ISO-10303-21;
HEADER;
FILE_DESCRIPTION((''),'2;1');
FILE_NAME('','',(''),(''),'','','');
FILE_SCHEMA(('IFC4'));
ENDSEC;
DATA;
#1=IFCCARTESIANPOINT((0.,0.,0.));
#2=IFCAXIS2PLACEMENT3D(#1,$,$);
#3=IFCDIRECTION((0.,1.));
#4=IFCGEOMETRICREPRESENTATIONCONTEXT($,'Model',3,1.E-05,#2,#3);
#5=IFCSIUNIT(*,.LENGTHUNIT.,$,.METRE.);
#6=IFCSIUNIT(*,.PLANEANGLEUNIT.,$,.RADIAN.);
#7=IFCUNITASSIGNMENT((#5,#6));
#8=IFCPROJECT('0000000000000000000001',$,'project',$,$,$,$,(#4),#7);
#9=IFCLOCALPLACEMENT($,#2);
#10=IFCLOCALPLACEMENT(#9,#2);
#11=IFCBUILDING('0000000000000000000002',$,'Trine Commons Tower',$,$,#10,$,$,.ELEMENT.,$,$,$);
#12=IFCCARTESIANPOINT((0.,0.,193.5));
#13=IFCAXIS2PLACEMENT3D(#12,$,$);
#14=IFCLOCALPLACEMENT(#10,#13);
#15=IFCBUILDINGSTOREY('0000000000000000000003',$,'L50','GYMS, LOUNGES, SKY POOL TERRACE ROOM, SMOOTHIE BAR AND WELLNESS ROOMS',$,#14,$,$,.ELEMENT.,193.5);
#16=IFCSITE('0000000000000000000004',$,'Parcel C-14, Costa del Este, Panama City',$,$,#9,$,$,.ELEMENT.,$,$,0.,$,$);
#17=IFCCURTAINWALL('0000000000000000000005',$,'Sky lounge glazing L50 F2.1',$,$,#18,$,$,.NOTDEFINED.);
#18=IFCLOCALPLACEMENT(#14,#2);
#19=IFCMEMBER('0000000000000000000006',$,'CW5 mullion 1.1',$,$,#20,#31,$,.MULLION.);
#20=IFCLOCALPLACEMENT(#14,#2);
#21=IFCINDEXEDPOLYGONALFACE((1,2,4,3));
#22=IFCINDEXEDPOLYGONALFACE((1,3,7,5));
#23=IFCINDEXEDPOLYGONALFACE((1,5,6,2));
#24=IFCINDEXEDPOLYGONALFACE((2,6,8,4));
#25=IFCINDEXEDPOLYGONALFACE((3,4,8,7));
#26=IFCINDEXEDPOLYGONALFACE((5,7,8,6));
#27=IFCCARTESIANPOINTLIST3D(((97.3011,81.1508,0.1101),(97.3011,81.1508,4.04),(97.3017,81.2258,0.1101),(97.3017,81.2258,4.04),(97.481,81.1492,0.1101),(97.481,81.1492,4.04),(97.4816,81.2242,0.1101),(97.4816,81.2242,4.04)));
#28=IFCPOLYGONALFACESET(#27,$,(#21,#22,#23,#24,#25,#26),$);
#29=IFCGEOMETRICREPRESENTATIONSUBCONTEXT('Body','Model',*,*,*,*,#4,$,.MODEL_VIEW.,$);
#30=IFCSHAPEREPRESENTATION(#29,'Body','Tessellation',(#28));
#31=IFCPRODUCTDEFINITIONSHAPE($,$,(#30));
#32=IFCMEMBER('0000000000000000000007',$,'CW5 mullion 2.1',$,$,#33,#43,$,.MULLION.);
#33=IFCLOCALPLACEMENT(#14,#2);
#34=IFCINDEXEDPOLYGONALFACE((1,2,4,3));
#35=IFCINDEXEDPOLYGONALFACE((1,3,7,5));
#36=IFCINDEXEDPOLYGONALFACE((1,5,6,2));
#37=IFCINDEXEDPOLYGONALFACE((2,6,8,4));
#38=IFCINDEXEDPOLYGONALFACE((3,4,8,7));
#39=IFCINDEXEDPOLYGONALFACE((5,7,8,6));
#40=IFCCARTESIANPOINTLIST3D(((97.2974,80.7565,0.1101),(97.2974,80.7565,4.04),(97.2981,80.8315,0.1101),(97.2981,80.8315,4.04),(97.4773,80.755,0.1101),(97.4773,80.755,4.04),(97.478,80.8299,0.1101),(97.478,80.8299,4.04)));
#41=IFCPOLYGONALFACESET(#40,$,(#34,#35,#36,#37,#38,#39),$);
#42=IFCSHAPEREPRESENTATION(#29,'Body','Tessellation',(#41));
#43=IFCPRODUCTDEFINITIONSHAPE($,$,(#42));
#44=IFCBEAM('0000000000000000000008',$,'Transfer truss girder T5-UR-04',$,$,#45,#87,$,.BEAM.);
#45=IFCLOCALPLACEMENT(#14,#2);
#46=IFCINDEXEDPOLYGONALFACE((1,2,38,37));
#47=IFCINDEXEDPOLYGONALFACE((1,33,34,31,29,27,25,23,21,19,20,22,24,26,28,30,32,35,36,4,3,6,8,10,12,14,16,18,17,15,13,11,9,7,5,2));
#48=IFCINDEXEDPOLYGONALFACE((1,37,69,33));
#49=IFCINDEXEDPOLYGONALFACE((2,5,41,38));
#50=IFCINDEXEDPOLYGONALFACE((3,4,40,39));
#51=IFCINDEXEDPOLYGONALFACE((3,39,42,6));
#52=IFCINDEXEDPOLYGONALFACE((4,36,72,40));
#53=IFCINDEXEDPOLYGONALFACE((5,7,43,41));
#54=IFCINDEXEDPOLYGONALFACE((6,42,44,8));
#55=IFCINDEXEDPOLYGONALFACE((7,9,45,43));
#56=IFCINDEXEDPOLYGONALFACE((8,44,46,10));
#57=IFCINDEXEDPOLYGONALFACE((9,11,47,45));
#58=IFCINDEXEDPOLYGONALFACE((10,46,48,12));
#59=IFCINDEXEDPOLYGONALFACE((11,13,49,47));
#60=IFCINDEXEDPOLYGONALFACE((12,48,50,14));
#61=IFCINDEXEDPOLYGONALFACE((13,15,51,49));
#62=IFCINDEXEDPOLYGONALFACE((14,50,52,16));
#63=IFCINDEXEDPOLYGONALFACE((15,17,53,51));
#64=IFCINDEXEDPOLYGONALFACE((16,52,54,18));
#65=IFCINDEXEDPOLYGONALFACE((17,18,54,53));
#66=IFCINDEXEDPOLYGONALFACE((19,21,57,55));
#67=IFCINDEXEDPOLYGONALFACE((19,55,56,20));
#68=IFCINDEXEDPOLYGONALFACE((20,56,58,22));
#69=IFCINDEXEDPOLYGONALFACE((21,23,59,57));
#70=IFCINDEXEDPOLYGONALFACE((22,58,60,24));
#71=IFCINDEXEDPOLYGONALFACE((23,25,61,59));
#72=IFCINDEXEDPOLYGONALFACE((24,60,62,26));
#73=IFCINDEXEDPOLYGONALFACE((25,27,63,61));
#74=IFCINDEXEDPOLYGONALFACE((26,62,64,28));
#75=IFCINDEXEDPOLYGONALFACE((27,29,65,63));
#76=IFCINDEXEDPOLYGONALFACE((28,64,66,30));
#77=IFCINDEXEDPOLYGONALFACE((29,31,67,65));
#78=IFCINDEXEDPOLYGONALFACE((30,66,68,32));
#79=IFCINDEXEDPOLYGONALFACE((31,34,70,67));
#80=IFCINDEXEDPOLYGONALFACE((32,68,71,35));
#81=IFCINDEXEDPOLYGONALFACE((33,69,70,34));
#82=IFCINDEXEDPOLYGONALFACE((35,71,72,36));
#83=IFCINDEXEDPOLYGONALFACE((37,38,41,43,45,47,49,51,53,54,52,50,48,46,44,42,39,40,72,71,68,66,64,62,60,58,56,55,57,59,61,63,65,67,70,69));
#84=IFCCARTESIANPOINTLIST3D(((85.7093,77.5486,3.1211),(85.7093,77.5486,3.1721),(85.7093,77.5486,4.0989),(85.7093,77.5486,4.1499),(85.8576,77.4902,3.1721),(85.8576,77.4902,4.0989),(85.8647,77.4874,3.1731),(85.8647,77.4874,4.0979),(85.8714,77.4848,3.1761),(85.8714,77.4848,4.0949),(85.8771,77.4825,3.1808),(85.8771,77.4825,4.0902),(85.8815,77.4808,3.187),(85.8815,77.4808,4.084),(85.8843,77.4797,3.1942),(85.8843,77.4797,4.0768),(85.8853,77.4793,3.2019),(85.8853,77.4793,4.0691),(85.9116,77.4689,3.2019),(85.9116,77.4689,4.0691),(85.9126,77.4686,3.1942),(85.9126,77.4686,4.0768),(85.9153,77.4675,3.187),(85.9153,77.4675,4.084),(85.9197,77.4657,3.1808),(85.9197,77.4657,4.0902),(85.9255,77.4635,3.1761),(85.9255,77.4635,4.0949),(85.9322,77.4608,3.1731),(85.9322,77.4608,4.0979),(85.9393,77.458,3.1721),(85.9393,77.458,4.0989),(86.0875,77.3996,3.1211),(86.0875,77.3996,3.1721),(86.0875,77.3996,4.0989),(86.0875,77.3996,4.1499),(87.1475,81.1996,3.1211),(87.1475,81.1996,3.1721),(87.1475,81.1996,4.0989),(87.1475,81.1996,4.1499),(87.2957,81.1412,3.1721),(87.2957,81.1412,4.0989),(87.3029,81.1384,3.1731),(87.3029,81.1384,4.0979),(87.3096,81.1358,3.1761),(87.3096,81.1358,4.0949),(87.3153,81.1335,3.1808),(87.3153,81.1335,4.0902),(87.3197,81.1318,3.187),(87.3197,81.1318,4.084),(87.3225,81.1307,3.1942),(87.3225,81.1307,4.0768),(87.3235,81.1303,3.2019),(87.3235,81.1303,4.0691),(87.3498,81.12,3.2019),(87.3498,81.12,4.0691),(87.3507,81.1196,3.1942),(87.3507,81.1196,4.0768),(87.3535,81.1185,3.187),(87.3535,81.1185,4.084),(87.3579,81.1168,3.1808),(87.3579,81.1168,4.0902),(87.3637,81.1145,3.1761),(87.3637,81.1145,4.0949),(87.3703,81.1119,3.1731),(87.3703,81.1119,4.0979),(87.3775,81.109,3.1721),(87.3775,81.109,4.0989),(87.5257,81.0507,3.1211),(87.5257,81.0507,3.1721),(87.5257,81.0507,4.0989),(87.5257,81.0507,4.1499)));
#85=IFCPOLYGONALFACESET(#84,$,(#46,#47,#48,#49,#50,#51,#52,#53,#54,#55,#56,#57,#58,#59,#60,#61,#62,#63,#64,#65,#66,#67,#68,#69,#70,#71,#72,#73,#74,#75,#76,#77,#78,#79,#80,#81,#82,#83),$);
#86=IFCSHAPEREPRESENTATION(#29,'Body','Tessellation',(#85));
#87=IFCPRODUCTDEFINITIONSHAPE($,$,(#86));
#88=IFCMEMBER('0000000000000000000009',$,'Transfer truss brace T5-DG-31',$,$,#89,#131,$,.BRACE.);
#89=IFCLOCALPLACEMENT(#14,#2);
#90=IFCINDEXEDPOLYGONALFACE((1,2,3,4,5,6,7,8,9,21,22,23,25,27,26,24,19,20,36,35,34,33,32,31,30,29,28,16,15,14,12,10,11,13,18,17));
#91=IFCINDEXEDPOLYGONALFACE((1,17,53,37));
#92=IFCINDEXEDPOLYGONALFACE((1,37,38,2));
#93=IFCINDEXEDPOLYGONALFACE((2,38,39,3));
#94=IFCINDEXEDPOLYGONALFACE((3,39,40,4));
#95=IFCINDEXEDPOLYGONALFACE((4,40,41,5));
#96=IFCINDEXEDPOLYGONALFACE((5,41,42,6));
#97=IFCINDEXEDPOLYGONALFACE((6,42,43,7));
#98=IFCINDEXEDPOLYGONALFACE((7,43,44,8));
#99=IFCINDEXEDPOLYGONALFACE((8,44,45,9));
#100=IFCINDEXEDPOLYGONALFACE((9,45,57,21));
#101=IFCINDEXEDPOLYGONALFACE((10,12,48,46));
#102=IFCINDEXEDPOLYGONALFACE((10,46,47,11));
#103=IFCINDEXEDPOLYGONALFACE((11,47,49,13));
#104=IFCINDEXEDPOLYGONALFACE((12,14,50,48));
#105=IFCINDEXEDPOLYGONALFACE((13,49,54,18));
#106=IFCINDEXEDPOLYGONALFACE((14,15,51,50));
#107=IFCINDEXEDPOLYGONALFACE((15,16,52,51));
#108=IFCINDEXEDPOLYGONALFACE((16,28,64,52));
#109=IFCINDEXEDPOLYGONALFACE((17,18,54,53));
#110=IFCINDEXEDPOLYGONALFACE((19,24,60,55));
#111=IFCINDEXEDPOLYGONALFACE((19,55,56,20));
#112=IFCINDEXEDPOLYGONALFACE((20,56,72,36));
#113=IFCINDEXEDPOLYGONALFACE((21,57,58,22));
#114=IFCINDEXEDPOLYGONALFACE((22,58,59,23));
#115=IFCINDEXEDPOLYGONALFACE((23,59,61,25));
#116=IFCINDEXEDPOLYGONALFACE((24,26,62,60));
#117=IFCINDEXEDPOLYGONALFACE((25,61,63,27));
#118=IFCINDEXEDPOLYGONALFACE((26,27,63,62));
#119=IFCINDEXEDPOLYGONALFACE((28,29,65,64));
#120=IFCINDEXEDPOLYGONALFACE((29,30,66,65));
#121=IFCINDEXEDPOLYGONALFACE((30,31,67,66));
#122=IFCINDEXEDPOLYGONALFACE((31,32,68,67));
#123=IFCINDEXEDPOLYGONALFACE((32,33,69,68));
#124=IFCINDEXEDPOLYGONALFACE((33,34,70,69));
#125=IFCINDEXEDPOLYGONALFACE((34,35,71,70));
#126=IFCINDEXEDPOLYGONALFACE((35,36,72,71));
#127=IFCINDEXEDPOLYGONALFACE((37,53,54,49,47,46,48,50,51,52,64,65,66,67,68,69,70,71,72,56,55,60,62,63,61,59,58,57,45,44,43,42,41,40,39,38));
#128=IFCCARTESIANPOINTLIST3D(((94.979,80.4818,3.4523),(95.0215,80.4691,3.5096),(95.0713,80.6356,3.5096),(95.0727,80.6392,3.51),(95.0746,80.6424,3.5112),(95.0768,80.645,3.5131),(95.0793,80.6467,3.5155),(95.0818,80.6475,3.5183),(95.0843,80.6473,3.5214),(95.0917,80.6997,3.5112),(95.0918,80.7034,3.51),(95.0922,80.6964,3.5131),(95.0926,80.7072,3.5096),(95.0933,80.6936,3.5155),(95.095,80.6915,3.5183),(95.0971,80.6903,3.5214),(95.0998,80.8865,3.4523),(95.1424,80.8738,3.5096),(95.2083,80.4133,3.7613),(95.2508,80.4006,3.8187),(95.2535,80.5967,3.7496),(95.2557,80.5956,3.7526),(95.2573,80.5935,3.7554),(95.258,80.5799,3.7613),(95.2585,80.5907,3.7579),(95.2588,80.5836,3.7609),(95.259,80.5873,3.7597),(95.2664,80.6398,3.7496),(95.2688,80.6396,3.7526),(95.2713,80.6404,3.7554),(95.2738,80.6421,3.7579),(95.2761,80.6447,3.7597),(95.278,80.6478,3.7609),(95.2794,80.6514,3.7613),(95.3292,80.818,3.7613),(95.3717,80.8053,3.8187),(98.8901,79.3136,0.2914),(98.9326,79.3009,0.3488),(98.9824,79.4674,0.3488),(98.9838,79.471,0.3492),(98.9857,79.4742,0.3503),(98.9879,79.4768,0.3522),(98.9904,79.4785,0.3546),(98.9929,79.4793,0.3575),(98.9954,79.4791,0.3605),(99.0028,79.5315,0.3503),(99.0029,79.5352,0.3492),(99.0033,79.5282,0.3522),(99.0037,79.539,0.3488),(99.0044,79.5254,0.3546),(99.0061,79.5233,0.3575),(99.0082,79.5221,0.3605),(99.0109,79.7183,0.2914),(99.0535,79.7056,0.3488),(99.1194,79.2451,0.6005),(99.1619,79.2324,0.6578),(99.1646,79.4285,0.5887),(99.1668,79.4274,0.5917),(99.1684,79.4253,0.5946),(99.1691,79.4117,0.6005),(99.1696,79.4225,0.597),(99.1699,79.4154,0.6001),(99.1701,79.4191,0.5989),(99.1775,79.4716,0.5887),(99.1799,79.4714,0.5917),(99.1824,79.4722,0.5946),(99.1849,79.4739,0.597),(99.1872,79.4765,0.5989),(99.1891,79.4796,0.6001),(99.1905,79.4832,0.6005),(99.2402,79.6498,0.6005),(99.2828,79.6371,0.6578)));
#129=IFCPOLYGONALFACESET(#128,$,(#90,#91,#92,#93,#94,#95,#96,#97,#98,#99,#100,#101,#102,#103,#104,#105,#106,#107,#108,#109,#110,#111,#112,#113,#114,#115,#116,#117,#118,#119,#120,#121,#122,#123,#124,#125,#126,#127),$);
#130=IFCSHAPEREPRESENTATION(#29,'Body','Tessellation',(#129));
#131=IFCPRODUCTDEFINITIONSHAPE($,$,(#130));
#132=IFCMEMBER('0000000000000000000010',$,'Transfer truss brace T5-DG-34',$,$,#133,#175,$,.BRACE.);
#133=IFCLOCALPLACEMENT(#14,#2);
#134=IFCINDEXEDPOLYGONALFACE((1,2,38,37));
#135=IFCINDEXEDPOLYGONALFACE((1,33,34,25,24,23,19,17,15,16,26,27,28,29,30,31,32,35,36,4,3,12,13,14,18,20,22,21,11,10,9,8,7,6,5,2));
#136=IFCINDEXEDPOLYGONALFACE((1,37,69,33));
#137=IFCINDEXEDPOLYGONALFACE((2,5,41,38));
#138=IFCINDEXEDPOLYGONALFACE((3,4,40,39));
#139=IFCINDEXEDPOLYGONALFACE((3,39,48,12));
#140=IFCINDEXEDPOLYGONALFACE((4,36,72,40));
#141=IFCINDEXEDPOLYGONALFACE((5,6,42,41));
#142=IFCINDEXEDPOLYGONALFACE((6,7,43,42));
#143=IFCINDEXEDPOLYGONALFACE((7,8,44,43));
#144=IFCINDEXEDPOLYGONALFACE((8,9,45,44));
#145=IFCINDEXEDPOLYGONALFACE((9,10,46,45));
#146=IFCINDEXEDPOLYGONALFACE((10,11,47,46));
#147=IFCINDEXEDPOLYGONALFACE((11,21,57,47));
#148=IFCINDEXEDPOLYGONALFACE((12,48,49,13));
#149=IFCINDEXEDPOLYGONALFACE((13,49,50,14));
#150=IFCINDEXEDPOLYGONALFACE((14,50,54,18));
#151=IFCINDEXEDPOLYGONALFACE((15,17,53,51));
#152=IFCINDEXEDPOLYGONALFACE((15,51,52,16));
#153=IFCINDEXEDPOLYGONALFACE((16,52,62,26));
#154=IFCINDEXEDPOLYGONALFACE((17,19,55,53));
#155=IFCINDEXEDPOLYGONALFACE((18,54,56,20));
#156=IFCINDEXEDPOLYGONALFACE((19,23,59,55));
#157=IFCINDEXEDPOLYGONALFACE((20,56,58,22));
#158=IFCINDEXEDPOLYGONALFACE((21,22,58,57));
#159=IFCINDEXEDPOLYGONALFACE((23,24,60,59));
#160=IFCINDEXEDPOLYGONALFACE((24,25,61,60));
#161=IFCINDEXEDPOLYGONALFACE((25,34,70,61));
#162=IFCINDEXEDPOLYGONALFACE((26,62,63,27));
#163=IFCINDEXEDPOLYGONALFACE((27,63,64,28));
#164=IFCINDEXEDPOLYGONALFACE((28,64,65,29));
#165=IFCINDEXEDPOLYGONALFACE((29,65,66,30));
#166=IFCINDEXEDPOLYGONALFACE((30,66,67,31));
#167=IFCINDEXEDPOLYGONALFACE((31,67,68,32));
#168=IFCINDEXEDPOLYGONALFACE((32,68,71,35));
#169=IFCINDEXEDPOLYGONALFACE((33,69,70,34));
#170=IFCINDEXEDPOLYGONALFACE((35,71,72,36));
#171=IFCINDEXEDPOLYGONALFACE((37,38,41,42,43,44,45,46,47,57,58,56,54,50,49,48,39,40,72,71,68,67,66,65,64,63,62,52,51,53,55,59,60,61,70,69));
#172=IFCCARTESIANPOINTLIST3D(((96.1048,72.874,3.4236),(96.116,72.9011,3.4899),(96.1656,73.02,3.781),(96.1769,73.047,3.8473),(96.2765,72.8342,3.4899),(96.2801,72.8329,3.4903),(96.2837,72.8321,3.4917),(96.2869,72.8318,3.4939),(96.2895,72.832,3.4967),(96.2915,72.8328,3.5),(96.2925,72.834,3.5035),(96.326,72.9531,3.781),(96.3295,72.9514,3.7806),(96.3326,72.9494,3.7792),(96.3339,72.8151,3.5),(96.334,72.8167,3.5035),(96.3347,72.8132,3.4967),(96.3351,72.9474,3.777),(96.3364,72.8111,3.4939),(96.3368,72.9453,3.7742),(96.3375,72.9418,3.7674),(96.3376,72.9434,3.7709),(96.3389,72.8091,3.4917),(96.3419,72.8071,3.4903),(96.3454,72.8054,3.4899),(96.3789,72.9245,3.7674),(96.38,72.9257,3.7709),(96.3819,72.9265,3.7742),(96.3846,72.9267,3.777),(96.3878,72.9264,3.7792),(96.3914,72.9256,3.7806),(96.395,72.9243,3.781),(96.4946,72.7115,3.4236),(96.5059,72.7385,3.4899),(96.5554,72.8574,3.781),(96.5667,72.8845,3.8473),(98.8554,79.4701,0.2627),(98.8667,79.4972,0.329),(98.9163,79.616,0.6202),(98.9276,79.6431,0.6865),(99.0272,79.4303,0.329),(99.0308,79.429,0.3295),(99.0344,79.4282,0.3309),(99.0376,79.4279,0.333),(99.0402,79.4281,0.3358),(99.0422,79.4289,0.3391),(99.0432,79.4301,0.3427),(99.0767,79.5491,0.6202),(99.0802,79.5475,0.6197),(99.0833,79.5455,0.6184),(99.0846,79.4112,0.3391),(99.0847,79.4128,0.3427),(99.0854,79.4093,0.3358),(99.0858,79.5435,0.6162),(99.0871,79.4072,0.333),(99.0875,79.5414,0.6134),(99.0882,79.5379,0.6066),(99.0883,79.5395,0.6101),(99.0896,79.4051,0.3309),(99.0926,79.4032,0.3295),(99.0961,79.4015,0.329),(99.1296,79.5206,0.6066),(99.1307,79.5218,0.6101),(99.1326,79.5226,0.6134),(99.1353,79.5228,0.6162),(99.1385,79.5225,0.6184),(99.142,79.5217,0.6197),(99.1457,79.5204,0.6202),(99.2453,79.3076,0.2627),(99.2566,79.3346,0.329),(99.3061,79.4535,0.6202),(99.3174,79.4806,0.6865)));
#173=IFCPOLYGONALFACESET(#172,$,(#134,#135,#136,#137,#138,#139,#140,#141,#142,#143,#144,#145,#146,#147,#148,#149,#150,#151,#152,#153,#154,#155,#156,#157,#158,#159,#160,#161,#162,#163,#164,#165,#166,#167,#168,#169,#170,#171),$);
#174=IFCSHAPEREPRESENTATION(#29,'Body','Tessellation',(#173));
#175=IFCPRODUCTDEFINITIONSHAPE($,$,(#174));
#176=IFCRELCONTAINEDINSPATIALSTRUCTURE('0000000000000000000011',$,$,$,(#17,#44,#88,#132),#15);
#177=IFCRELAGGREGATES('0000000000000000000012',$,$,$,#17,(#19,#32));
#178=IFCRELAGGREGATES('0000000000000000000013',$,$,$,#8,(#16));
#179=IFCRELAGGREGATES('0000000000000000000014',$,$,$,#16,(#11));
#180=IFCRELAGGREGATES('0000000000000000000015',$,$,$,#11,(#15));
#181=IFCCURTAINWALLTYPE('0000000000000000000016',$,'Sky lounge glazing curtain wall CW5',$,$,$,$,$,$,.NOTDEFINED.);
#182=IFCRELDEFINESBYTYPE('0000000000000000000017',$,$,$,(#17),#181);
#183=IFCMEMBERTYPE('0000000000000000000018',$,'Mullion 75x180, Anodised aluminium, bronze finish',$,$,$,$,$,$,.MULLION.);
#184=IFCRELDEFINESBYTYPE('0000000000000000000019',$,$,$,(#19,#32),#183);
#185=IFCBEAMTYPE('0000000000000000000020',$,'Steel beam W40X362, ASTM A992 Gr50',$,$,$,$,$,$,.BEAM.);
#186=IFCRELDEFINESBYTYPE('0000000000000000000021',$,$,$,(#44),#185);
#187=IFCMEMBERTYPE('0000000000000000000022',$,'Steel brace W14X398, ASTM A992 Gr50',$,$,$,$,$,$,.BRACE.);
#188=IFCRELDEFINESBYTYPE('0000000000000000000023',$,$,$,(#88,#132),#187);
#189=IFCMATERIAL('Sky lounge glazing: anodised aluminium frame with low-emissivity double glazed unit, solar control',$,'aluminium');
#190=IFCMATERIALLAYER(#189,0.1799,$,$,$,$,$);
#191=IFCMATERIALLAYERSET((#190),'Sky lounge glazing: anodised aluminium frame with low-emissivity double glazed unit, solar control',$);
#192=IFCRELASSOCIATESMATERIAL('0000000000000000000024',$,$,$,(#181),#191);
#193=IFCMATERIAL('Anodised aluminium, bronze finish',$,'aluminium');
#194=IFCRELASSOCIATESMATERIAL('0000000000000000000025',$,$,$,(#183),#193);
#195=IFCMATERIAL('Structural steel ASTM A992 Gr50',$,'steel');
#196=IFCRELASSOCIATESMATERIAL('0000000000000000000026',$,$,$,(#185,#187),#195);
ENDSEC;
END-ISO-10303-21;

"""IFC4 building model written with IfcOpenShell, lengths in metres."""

from ifc_helpers import new_model, si_unit, direction, frame, origin, origin_2d, place, context, subcontext, project, spatial, rectangle, i_section, extrude, material, layer, layer_set, material_profile, profile_set, type_object, element, aggregate, save


model = new_model("IFC4")

# Units and contexts
model_context = context("Model", 3, precision=1e-05, world=origin(), true_north=direction((0.0, 1.0)))
body_context = subcontext(model_context, "Body", "Model", "MODEL_VIEW")
ifc_project = project(units=[si_unit("LENGTHUNIT", "METRE"), si_unit("PLANEANGLEUNIT", "RADIAN")], contexts=[model_context])

# Site, building, storey
site_placement = place(None, origin())
site = spatial("IfcSite", under=ifc_project, at=site_placement, Name="Parcel C-14, Costa del Este, Panama City", CompositionType="ELEMENT", RefElevation=0.0)
building_placement = place(site_placement, origin())
building = spatial("IfcBuilding", under=site, at=building_placement, Name="Trine Commons Tower", CompositionType="ELEMENT")
storey_placement = place(building_placement, frame((0.0, 0.0, 193.5)))
storey = spatial("IfcBuildingStorey", under=building, at=storey_placement, Name="L50", Description="GYMS, LOUNGES, SKY POOL TERRACE ROOM, SMOOTHIE BAR AND WELLNESS ROOMS", CompositionType="ELEMENT", Elevation=193.5)

# Curtain wall, members
ifc_material_1 = material(Name="Sky lounge glazing: anodised aluminium frame with low-emissivity double glazed unit, solar control", Category="aluminium")
ifc_layer_1 = layer(ifc_material_1, 0.1799)
ifc_layer_set_1 = layer_set([ifc_layer_1], Name="Sky lounge glazing: anodised aluminium frame with low-emissivity double glazed unit, solar control")
curtain_wall_type = type_object("IfcCurtainWallType", Name="Sky lounge glazing curtain wall CW5", PredefinedType="NOTDEFINED", material=ifc_layer_set_1)
curtain_wall_placement = place(storey_placement, origin())
curtain_wall = element("IfcCurtainWall", 1, at=curtain_wall_placement, inside=storey, type_object=curtain_wall_type, Name="Sky lounge glazing L50 F2.1", PredefinedType="NOTDEFINED")
ifc_material_2 = material(Name="Anodised aluminium, bronze finish", Category="aluminium")
ifc_material_profile_1 = material_profile(ifc_material_2, rectangle(XDim=0.1799, YDim=0.075, at=origin_2d()), Name="Mullion 75x180")
ifc_profile_set_1 = profile_set([ifc_material_profile_1], Name="Anodised aluminium, bronze finish")
member_type_1 = type_object("IfcMemberType", Name="Mullion 75x180, Anodised aluminium, bronze finish", PredefinedType="MULLION", material=ifc_profile_set_1)
member_1_placement = place(storey_placement, frame((97.3914, 81.1875, 0.1101), z_axis=(0.0, 0.0, 1.0), x_axis=(0.999962, -0.008727, 0.0)))
member_1 = element("IfcMember", 2, at=member_1_placement, type_object=member_type_1, Name="CW5 mullion 1.1", PredefinedType="MULLION", context=body_context, shape_type="SweptSolid", body=[
    extrude(rectangle(XDim=0.1799, YDim=0.075, at=origin_2d()), origin(), (0.0, 0.0, 1.0), 3.9299),
])
member_2_placement = place(storey_placement, frame((97.3877, 80.7932, 0.1101), z_axis=(0.0, 0.0, 1.0), x_axis=(0.999962, -0.008727, 0.0)))
member_2 = element("IfcMember", 3, at=member_2_placement, type_object=member_type_1, Name="CW5 mullion 2.1", PredefinedType="MULLION", context=body_context, shape_type="SweptSolid", body=[
    extrude(rectangle(XDim=0.1799, YDim=0.075, at=origin_2d()), origin(), (0.0, 0.0, 1.0), 3.9299),
])

# Beam
ifc_material_3 = material(Name="Structural steel ASTM A992 Gr50", Category="steel")
ifc_material_profile_2 = material_profile(ifc_material_3, i_section(OverallWidth=0.4065, OverallDepth=1.0288, WebThickness=0.0283, FlangeThickness=0.051, FilletRadius=0.0298, at=origin_2d()), Name="W40X362")
ifc_profile_set_2 = profile_set([ifc_material_profile_2], Name="Structural steel ASTM A992 Gr50")
beam_type = type_object("IfcBeamType", Name="Steel beam W40X362, ASTM A992 Gr50", PredefinedType="BEAM", material=ifc_profile_set_2)
beam_placement = place(storey_placement, frame((85.8984, 77.4741, 3.6355), z_axis=(0.366505, 0.930416, 0.0), x_axis=(-0.930416, 0.366505, 0.0)))
element("IfcBeam", 4, at=beam_placement, inside=storey, type_object=beam_type, Name="Transfer truss girder T5-UR-04", PredefinedType="BEAM", context=body_context, shape_type="SweptSolid", body=[
    extrude(i_section(OverallWidth=0.4065, OverallDepth=1.0288, WebThickness=0.0283, FlangeThickness=0.051, FilletRadius=0.0298, at=origin_2d()), origin(), (0.0, 0.0, 1.0), 3.9241),
])

# Members
ifc_material_profile_3 = material_profile(ifc_material_3, i_section(OverallWidth=0.4224, OverallDepth=0.4634, WebThickness=0.0449, FlangeThickness=0.0725, FilletRadius=0.0149, at=origin_2d()), Name="W14X398")
ifc_profile_set_3 = profile_set([ifc_material_profile_3], Name="Structural steel ASTM A992 Gr50")
member_type_2 = type_object("IfcMemberType", Name="Steel brace W14X398, ASTM A992 Gr50", PredefinedType="BRACE", material=ifc_profile_set_3)
member_3_placement = place(storey_placement, frame((99.0864, 79.4753, 0.4746), z_axis=(-0.757583, 0.226282, 0.612262), x_axis=(-0.286195, -0.958171, 0.0)))
element("IfcMember", 5, at=member_3_placement, inside=storey, type_object=member_type_2, Name="Transfer truss brace T5-DG-31", PredefinedType="BRACE", context=body_context, shape_type="SweptSolid", body=[
    extrude(i_section(OverallWidth=0.4224, OverallDepth=0.4634, WebThickness=0.0449, FlangeThickness=0.0725, FilletRadius=0.0149, at=origin_2d()), origin(), (0.0, 0.0, 1.0), 5.1626),
])
member_4_placement = place(storey_placement, frame((99.0864, 79.4753, 0.4746), z_axis=(-0.352001, -0.844089, 0.404487), x_axis=(0.922962, -0.384892, 0.0)))
element("IfcMember", 6, at=member_4_placement, inside=storey, type_object=member_type_2, Name="Transfer truss brace T5-DG-34", PredefinedType="BRACE", context=body_context, shape_type="SweptSolid", body=[
    extrude(i_section(OverallWidth=0.4224, OverallDepth=0.4634, WebThickness=0.0449, FlangeThickness=0.0725, FilletRadius=0.0149, at=origin_2d()), origin(), (0.0, 0.0, 1.0), 7.8145),
])

aggregate(curtain_wall, [member_1, member_2])

save(model, "model.ifc")
